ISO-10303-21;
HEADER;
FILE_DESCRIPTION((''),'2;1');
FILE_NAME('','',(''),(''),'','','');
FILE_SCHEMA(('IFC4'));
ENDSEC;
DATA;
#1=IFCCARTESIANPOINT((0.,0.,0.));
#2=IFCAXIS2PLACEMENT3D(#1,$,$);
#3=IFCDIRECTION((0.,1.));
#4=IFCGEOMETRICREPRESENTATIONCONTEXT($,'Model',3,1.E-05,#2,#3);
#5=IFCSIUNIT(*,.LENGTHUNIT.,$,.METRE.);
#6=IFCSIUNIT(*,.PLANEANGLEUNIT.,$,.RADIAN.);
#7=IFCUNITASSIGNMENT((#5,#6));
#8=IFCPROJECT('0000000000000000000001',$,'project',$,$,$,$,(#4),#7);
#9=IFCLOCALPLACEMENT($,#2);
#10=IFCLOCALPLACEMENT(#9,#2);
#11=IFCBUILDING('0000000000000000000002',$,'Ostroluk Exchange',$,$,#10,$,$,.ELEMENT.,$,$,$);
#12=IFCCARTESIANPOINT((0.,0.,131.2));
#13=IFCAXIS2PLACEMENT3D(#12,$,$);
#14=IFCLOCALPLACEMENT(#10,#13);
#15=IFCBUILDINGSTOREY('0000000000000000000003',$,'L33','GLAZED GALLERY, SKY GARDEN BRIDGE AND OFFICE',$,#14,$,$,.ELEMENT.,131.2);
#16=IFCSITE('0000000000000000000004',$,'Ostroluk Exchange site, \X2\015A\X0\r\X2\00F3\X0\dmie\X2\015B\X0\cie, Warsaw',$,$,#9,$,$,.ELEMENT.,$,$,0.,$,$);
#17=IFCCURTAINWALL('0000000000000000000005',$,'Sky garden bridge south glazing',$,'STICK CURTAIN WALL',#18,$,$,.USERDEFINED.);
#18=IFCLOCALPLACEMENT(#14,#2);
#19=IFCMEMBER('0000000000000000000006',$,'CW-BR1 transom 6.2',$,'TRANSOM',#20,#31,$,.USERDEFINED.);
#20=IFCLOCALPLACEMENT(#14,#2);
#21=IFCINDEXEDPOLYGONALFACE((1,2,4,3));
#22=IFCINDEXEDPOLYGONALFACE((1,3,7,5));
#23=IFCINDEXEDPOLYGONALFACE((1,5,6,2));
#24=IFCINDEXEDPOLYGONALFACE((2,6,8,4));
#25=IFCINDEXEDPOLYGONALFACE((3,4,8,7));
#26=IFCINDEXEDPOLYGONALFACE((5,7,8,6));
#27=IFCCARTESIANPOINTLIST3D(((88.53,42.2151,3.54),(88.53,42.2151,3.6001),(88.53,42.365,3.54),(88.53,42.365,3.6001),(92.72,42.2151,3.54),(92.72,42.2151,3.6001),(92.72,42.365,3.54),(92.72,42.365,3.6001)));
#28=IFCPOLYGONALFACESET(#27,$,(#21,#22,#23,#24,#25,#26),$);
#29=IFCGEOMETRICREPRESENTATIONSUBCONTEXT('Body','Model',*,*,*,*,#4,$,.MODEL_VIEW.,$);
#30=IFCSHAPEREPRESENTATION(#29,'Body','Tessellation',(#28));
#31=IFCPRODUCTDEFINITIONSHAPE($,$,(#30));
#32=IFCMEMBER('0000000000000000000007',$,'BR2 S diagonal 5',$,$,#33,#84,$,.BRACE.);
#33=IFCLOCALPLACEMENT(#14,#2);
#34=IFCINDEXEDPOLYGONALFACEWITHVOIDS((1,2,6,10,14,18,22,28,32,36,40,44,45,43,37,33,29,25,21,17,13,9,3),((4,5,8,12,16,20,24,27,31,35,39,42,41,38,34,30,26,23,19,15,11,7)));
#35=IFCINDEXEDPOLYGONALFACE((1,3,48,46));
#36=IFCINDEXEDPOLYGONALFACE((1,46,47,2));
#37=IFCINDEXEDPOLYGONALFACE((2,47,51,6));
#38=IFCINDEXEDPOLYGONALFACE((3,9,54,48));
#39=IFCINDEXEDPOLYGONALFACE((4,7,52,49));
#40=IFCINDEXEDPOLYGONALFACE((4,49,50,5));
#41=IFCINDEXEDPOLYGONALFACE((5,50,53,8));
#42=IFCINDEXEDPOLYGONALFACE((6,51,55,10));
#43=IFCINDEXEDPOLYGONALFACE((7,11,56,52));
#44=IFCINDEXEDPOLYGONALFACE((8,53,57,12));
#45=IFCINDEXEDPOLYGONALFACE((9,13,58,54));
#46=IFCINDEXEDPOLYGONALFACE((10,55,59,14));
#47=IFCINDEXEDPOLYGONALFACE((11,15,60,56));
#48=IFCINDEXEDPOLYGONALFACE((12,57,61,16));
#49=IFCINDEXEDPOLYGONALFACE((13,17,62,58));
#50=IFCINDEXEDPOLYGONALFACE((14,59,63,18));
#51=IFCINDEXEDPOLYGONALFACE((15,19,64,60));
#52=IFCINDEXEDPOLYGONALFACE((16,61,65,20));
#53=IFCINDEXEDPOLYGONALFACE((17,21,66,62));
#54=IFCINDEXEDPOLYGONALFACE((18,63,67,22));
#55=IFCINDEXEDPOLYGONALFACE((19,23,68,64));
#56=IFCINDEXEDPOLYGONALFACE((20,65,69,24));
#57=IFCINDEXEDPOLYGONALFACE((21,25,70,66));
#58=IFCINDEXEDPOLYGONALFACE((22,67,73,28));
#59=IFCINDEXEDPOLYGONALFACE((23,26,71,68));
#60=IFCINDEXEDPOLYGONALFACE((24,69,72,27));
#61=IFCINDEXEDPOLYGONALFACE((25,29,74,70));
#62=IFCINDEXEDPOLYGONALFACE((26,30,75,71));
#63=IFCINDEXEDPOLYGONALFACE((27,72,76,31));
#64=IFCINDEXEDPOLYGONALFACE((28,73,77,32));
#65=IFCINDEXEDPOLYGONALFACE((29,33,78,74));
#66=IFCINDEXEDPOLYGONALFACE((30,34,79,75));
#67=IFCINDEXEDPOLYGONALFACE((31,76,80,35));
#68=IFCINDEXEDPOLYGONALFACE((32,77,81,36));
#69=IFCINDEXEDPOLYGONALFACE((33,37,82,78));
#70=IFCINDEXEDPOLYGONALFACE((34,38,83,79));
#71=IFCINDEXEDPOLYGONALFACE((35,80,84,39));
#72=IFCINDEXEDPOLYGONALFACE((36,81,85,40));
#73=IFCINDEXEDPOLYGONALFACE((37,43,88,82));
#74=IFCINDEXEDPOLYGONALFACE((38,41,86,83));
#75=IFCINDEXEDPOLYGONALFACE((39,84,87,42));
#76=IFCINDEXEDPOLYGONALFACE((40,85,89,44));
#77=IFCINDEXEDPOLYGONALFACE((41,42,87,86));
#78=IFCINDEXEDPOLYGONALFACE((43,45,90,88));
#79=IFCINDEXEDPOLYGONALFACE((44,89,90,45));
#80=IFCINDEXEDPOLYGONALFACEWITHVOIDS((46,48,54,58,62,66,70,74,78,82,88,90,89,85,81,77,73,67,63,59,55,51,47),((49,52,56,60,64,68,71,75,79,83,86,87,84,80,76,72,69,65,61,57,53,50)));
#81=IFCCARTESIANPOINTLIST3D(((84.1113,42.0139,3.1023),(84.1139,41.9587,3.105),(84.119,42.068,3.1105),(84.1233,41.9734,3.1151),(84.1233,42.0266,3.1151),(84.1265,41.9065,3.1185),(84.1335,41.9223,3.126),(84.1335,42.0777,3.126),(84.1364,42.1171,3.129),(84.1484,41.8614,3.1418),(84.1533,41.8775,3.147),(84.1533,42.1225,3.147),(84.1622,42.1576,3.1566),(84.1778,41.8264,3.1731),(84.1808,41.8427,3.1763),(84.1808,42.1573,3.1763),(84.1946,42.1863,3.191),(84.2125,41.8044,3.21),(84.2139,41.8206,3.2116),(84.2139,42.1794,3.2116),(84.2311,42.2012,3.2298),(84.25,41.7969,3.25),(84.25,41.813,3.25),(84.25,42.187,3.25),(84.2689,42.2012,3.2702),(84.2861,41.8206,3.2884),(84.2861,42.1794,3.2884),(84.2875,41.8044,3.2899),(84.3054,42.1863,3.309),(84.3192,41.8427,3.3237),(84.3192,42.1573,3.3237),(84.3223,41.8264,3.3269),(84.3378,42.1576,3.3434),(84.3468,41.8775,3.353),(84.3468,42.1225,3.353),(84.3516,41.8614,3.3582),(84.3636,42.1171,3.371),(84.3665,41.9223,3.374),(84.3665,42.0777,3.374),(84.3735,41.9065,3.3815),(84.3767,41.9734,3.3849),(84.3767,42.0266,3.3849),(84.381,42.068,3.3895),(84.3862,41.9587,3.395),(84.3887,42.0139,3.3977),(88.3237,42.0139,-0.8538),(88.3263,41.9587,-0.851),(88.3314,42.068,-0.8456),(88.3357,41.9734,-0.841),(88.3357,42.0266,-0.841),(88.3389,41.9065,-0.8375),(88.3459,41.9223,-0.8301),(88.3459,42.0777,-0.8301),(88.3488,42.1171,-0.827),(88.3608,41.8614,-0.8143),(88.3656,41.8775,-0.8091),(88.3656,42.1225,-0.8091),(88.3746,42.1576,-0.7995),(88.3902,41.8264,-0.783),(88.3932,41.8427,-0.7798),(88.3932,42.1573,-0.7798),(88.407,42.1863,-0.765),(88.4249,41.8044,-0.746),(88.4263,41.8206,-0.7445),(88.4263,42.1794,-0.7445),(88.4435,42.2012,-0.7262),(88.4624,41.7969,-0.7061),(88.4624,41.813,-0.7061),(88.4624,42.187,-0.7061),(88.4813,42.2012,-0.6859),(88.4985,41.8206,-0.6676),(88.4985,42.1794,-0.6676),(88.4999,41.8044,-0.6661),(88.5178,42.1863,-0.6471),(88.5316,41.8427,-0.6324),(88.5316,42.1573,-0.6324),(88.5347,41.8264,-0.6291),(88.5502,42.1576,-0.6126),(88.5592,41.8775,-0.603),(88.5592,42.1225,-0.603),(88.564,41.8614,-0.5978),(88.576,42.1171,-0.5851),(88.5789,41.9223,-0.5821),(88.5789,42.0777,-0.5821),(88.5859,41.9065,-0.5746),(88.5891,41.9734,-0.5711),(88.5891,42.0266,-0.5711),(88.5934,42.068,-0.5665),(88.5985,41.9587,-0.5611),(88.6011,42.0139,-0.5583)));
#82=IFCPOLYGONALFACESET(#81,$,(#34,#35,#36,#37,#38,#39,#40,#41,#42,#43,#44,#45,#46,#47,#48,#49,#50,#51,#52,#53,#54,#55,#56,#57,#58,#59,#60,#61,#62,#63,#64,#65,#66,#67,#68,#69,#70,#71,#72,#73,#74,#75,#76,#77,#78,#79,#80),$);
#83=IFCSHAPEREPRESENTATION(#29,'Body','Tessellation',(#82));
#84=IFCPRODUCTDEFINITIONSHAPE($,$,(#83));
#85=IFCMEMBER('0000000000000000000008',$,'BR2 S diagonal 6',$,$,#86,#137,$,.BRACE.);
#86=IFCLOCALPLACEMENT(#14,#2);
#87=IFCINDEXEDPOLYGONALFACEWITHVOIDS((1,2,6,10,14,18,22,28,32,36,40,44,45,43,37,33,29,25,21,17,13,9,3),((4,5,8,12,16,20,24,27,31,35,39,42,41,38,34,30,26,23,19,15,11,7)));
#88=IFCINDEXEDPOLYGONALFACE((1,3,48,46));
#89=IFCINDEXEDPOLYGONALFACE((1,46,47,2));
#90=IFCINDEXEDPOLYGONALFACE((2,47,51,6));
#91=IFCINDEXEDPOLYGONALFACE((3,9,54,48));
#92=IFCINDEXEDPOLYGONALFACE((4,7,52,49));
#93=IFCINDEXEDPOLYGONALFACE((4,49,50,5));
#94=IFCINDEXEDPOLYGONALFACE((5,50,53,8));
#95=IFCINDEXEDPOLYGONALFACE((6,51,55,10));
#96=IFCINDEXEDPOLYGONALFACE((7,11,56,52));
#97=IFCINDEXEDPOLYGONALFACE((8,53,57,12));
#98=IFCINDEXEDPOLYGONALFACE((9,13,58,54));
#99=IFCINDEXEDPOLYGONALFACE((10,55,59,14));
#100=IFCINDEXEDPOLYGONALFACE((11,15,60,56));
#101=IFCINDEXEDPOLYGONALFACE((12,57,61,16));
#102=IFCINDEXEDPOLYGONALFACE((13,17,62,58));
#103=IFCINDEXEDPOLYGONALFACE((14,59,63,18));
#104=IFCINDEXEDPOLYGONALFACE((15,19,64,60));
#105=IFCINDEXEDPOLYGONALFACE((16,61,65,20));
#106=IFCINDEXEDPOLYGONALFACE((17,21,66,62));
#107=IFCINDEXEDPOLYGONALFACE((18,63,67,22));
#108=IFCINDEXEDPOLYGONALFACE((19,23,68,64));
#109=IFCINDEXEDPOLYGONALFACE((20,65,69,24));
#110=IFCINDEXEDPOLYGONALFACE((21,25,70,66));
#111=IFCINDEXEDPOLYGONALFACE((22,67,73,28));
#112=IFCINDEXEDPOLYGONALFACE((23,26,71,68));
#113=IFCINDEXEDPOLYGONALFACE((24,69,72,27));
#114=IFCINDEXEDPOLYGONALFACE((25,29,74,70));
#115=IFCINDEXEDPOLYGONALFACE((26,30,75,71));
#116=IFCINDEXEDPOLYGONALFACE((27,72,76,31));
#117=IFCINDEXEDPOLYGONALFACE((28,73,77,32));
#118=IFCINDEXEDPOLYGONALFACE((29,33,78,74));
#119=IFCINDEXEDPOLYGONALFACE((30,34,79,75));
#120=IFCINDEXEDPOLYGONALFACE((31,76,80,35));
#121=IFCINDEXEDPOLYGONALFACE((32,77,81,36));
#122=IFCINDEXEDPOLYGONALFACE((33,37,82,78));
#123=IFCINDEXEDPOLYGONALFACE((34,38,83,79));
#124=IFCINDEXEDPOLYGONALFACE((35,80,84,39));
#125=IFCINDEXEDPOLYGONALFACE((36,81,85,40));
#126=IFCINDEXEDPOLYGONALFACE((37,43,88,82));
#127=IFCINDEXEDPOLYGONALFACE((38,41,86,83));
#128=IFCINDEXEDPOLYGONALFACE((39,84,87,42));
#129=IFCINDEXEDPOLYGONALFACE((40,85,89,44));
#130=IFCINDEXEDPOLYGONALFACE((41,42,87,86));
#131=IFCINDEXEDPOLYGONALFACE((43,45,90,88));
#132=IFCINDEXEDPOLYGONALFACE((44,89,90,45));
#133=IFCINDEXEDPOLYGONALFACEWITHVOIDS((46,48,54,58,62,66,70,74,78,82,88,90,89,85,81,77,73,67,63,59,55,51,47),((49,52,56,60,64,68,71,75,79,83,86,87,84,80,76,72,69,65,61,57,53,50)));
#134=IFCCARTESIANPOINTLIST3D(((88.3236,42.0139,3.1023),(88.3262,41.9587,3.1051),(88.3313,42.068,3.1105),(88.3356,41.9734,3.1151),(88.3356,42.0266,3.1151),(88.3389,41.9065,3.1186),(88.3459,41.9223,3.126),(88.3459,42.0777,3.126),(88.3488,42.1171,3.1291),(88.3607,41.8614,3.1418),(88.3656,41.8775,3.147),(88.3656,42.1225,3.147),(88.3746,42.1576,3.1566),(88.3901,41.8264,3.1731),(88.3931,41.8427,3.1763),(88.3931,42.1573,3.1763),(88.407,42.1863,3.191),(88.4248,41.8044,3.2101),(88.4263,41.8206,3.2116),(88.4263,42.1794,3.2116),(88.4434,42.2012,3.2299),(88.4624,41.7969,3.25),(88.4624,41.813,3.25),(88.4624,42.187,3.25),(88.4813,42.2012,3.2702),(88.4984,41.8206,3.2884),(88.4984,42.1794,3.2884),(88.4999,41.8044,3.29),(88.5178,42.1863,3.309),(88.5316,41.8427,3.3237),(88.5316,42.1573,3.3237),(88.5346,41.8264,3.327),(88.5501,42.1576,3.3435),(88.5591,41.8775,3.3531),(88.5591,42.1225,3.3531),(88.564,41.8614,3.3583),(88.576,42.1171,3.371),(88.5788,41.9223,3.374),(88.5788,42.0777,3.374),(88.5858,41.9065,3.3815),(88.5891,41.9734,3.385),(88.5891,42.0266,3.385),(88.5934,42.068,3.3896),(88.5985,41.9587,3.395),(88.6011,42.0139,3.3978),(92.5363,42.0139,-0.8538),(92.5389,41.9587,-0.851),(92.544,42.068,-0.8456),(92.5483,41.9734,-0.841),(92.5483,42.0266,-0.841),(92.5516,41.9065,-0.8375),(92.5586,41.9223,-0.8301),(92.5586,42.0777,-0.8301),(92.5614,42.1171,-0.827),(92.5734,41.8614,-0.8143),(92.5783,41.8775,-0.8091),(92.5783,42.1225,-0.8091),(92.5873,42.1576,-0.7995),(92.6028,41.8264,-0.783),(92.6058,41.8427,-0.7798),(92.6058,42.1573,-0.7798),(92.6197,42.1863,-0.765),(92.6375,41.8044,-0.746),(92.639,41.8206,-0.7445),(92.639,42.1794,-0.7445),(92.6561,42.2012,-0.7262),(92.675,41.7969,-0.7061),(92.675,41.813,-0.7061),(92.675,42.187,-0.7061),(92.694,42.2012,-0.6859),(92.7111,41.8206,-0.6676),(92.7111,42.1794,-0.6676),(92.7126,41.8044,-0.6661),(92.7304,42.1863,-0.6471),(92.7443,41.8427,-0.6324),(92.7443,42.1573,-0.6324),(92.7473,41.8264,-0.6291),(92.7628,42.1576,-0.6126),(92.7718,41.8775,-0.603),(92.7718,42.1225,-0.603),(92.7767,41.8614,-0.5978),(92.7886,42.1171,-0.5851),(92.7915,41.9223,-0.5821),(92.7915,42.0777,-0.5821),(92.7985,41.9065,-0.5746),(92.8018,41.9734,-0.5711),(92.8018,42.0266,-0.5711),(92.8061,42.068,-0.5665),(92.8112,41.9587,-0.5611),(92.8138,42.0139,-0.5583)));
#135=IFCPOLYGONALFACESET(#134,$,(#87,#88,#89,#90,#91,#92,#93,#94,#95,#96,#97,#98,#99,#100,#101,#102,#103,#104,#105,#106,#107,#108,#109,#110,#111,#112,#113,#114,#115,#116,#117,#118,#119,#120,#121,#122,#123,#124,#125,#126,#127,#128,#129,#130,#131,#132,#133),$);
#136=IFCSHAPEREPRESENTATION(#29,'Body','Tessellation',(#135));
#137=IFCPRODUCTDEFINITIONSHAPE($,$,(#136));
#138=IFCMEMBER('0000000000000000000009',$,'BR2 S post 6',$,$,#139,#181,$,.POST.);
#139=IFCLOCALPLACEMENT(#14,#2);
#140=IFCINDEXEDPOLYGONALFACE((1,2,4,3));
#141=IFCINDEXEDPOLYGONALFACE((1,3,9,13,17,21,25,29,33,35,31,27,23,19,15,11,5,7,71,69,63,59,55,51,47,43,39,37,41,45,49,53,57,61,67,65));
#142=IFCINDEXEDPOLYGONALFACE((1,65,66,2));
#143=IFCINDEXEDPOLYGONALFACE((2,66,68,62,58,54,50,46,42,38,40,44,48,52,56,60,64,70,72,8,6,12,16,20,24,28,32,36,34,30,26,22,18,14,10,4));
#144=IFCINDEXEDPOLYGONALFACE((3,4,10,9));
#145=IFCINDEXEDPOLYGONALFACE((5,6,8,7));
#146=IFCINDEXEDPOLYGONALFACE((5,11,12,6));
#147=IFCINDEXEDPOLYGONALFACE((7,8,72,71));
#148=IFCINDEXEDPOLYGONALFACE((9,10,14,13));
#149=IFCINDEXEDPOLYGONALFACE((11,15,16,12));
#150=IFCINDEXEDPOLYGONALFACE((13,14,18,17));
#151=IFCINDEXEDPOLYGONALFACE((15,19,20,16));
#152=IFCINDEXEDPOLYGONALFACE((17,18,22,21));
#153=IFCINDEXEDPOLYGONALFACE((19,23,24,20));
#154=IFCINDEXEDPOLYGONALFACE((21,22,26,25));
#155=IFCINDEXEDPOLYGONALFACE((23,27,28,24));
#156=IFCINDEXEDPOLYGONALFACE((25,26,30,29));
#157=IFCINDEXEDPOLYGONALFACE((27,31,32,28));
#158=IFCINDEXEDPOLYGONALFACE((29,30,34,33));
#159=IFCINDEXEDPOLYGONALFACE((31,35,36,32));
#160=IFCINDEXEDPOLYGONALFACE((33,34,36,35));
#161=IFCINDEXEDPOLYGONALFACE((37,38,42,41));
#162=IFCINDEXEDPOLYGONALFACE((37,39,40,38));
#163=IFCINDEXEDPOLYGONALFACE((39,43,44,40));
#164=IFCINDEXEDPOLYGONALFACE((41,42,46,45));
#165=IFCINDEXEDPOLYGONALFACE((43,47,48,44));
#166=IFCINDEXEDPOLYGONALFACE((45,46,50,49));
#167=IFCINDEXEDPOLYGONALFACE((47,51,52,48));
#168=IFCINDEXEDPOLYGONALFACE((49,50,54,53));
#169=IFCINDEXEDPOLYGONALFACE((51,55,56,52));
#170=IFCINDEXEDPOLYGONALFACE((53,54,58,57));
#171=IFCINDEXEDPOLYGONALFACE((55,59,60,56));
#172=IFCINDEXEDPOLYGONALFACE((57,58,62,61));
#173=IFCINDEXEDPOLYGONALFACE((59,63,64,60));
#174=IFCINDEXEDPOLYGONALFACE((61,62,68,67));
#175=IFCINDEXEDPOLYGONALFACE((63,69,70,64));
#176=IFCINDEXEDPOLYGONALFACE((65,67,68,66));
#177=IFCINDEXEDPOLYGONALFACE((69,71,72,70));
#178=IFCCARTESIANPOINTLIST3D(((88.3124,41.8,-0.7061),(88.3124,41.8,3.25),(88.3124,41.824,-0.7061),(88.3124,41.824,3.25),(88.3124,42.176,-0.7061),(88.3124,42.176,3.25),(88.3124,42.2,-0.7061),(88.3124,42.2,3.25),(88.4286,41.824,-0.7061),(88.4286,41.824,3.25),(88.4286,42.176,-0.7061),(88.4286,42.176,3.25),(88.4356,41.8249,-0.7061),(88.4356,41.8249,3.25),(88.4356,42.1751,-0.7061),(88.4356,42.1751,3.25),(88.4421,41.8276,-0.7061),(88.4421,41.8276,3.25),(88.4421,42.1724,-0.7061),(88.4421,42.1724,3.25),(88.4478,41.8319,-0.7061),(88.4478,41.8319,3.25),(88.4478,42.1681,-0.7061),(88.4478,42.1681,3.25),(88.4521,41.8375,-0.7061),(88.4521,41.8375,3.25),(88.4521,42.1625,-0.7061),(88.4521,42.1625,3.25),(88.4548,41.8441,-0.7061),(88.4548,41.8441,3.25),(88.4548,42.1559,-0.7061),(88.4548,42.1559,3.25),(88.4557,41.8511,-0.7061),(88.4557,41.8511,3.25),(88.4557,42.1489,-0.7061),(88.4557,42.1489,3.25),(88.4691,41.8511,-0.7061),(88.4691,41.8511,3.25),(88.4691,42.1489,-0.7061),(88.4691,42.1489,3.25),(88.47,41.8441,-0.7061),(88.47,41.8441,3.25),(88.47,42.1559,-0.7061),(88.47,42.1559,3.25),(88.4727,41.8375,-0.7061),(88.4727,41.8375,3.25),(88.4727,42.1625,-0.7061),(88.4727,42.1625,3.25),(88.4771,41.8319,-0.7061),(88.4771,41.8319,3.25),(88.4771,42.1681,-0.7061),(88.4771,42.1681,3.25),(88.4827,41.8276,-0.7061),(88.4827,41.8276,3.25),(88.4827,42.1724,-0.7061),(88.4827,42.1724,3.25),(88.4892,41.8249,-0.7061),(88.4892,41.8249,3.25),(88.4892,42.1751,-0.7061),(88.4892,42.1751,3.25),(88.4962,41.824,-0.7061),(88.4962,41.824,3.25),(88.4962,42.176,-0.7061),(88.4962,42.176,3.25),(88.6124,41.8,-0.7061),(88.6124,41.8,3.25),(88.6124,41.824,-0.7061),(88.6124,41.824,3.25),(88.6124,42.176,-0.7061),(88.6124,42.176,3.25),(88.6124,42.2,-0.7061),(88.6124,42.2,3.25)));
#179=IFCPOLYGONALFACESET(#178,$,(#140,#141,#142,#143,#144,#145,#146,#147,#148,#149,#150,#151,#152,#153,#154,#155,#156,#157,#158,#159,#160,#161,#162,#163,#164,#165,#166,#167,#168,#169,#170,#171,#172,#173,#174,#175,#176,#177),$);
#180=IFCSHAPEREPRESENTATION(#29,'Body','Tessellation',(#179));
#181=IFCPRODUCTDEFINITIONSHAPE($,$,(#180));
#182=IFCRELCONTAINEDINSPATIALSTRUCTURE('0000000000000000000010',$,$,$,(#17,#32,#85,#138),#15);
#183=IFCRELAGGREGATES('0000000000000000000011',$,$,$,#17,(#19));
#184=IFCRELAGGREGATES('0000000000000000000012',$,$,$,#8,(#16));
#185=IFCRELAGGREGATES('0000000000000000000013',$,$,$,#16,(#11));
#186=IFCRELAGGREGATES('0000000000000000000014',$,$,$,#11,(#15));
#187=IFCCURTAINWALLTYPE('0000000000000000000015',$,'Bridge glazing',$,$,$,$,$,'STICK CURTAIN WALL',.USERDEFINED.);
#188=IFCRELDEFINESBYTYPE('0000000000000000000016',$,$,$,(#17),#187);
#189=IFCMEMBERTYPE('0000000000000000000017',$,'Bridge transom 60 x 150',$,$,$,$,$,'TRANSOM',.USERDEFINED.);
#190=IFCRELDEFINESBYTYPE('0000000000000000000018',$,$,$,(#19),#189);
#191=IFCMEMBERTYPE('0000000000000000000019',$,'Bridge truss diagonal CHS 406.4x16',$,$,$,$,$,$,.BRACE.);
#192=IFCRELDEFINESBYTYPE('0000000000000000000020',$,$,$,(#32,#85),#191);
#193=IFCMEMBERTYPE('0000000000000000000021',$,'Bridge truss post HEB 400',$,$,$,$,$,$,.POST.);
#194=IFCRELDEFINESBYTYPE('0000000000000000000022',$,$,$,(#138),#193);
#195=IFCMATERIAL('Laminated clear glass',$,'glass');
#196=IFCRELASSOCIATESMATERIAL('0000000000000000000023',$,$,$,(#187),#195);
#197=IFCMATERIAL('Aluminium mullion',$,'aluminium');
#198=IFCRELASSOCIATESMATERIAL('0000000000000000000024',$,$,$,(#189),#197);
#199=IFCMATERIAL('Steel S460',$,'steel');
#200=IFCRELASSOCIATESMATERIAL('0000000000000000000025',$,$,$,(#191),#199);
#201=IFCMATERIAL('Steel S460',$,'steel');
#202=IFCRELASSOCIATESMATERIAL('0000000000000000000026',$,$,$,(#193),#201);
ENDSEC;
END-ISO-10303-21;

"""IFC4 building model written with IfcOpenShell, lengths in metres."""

from ifc_helpers import new_model, si_unit, direction, frame, origin, origin_2d, place, context, subcontext, project, spatial, rectangle, hollow_circle, i_section, extrude, material, material_profile, profile_set, type_object, element, aggregate, save


model = new_model("IFC4")

# Units and contexts
model_context = context("Model", 3, precision=1e-05, world=origin(), true_north=direction((0.0, 1.0)))
body_context = subcontext(model_context, "Body", "Model", "MODEL_VIEW")
ifc_project = project(units=[si_unit("LENGTHUNIT", "METRE"), si_unit("PLANEANGLEUNIT", "RADIAN")], contexts=[model_context])

# Site, building, storey
site_placement = place(None, origin())
site = spatial("IfcSite", under=ifc_project, at=site_placement, Name="Ostroluk Exchange site, Śródmieście, Warsaw", CompositionType="ELEMENT", RefElevation=0.0)
building_placement = place(site_placement, origin())
building = spatial("IfcBuilding", under=site, at=building_placement, Name="Ostroluk Exchange", CompositionType="ELEMENT")
storey_placement = place(building_placement, frame((0.0, 0.0, 131.2)))
storey = spatial("IfcBuildingStorey", under=building, at=storey_placement, Name="L33", Description="GLAZED GALLERY, SKY GARDEN BRIDGE AND OFFICE", CompositionType="ELEMENT", Elevation=131.2)

# Curtain wall
ifc_material_1 = material(Name="Laminated clear glass", Category="glass")
curtain_wall_type = type_object("IfcCurtainWallType", Name="Bridge glazing", ElementType="STICK CURTAIN WALL", PredefinedType="USERDEFINED", material=ifc_material_1)
curtain_wall_placement = place(storey_placement, origin())
curtain_wall = element("IfcCurtainWall", 1, at=curtain_wall_placement, inside=storey, type_object=curtain_wall_type, Name="Sky garden bridge south glazing", ObjectType="STICK CURTAIN WALL", PredefinedType="USERDEFINED")

# Member
ifc_material_2 = material(Name="Aluminium mullion", Category="aluminium")
ifc_material_profile_1 = material_profile(ifc_material_2, rectangle(XDim=0.1499, YDim=0.0601, at=origin_2d()), Name="Bridge transom 60 x 150")
ifc_profile_set_1 = profile_set([ifc_material_profile_1], Name="Aluminium mullion")
member_type_1 = type_object("IfcMemberType", Name="Bridge transom 60 x 150", ElementType="TRANSOM", PredefinedType="USERDEFINED", material=ifc_profile_set_1)
member_1_placement = place(storey_placement, frame((88.53, 42.29, 3.5701), z_axis=(1.0, 0.0, 0.0), x_axis=(0.0, 1.0, 0.0)))
member_1 = element("IfcMember", 2, at=member_1_placement, type_object=member_type_1, Name="CW-BR1 transom 6.2", ObjectType="TRANSOM", PredefinedType="USERDEFINED", context=body_context, shape_type="SweptSolid", body=[
    extrude(rectangle(XDim=0.1499, YDim=0.0601, at=origin_2d()), origin(), (0.0, 0.0, 1.0), 4.1899),
])

# Members
ifc_material_3 = material(Name="Steel S460", Category="steel")
ifc_material_profile_2 = material_profile(ifc_material_3, hollow_circle(Radius=0.2031, WallThickness=0.0161, at=origin_2d()), Name="CHS 406.4x16")
ifc_profile_set_2 = profile_set([ifc_material_profile_2], Name="Steel S460")
member_type_2 = type_object("IfcMemberType", Name="Bridge truss diagonal CHS 406.4x16", PredefinedType="BRACE", material=ifc_profile_set_2)
member_2_placement = place(storey_placement, frame((88.4624, 42.0, -0.7061), z_axis=(-0.728939, 0.0, 0.684579), x_axis=(0.0, -1.0, 0.0)))
element("IfcMember", 3, at=member_2_placement, inside=storey, type_object=member_type_2, Name="BR2 S diagonal 5", PredefinedType="BRACE", context=body_context, shape_type="SweptSolid", body=[
    extrude(hollow_circle(Radius=0.2031, WallThickness=0.0161, at=origin_2d()), origin(), (0.0, 0.0, 1.0), 5.7788),
])
member_3_placement = place(storey_placement, frame((92.675, 42.0, -0.7061), z_axis=(-0.728959, 0.0, 0.684558), x_axis=(0.0, -1.0, 0.0)))
element("IfcMember", 4, at=member_3_placement, inside=storey, type_object=member_type_2, Name="BR2 S diagonal 6", PredefinedType="BRACE", context=body_context, shape_type="SweptSolid", body=[
    extrude(hollow_circle(Radius=0.2031, WallThickness=0.0161, at=origin_2d()), origin(), (0.0, 0.0, 1.0), 5.7791),
])
ifc_material_4 = material(Name="Steel S460", Category="steel")
ifc_material_profile_3 = material_profile(ifc_material_4, i_section(OverallWidth=0.3, OverallDepth=0.3999, WebThickness=0.0134, FlangeThickness=0.0239, FilletRadius=0.0271, at=origin_2d()), Name="HEB 400")
ifc_profile_set_3 = profile_set([ifc_material_profile_3], Name="Steel S460")
member_type_3 = type_object("IfcMemberType", Name="Bridge truss post HEB 400", PredefinedType="POST", material=ifc_profile_set_3)
for number, where, z_axis, x_axis, name in (
    (5, (88.4624, 42.0, -0.7061), (0.0, 0.0, 1.0), (1.0, 0.0, 0.0), "BR2 S post 6"),
):
    element("IfcMember", number, at=place(storey_placement, frame(where, z_axis=z_axis, x_axis=x_axis)), inside=storey, type_object=member_type_3, Name=name, PredefinedType="POST", context=body_context, shape_type="SweptSolid", body=[
        extrude(i_section(OverallWidth=0.3, OverallDepth=0.3999, WebThickness=0.0134, FlangeThickness=0.0239, FilletRadius=0.0271, at=origin_2d()), origin(), (0.0, 0.0, 1.0), 3.9561),
    ])

aggregate(curtain_wall, [member_1])

save(model, "model.ifc")
